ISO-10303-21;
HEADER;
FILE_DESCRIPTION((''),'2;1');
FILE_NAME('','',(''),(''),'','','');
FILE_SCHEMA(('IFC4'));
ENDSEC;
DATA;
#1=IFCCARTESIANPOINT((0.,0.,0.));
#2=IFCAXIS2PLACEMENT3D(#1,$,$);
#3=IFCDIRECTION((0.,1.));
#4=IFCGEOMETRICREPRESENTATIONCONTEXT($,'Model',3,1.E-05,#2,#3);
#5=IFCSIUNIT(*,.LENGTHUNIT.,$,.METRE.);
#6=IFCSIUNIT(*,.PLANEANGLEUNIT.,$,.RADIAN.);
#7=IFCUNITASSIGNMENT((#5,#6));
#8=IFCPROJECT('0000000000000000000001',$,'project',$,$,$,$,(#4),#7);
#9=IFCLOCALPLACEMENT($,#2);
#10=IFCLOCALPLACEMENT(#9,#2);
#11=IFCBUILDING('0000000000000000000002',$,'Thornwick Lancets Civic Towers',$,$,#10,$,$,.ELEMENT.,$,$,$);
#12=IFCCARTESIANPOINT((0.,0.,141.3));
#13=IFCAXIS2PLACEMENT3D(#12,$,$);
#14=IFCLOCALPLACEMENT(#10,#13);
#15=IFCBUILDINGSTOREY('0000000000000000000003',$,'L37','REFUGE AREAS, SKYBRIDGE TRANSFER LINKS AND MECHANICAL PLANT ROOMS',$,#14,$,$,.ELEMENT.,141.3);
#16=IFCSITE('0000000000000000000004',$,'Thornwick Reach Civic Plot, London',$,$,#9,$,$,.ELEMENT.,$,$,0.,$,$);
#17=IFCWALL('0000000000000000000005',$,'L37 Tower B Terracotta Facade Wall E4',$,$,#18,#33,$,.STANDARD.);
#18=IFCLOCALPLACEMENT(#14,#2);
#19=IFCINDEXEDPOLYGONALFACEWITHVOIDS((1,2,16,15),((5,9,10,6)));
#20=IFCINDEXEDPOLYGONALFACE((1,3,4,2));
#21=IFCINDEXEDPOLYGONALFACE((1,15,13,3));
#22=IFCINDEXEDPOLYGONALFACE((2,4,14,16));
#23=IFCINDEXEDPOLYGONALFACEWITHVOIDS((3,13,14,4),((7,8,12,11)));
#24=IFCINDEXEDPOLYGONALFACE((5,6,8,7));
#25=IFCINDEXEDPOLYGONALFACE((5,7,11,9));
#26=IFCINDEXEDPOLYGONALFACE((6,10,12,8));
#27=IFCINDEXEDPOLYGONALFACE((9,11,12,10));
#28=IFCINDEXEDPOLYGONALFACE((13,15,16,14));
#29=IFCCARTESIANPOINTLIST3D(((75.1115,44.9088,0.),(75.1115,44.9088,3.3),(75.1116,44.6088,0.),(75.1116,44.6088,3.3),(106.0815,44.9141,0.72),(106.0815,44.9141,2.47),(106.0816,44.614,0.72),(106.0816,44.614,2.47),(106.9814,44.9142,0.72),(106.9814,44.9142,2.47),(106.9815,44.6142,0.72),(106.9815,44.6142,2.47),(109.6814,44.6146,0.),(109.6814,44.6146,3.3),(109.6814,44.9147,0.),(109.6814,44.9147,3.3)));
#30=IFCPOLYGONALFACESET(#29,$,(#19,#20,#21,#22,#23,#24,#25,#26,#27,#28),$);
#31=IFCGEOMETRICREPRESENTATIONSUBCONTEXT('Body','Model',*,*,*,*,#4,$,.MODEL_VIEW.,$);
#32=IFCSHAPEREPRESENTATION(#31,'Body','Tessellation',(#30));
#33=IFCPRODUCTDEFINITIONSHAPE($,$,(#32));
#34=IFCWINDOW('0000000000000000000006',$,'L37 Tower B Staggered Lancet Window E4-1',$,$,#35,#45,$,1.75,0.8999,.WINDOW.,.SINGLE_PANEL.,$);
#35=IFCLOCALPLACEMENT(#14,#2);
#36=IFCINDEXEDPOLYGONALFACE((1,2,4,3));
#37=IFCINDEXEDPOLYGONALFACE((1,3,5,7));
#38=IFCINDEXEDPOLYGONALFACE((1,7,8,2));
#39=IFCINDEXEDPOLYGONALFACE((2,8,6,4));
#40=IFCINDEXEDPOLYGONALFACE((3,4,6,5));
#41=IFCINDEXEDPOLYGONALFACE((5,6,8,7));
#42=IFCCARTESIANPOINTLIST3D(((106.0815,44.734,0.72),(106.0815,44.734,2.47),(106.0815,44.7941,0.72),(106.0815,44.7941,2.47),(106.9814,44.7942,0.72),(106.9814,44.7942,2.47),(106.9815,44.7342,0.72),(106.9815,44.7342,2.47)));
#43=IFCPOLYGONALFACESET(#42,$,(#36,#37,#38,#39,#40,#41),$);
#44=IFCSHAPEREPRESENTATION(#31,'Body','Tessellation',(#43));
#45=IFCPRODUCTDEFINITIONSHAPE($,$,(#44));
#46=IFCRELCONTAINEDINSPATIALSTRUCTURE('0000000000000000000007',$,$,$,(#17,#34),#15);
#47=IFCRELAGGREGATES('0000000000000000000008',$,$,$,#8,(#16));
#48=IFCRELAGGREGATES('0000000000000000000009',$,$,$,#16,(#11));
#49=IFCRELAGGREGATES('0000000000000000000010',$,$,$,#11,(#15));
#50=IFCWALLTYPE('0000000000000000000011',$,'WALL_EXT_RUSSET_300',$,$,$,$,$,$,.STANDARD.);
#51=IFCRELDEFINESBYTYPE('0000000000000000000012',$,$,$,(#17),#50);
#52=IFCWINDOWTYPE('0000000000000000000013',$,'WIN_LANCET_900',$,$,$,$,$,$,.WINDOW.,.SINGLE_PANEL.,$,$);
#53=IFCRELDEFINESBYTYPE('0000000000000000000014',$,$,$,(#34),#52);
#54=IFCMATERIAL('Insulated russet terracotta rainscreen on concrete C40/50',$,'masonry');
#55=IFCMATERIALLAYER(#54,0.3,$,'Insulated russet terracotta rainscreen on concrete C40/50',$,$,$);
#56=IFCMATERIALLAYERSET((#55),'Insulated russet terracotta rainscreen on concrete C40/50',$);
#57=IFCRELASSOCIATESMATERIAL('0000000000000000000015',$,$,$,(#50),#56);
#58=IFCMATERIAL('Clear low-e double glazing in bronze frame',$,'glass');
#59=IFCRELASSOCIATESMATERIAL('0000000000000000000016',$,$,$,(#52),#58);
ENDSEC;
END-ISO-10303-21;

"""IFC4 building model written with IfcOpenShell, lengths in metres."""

from ifc_helpers import new_model, si_unit, direction, frame, frame_2d, origin, place, context, subcontext, project, spatial, rectangle, extrude, material, layer, layer_set, type_object, element, fill, save


model = new_model("IFC4")

# Units and contexts
model_context = context("Model", 3, precision=1e-05, world=origin(), true_north=direction((0.0, 1.0)))
body_context = subcontext(model_context, "Body", "Model", "MODEL_VIEW")
ifc_project = project(units=[si_unit("LENGTHUNIT", "METRE"), si_unit("PLANEANGLEUNIT", "RADIAN")], contexts=[model_context])

# Site, building, storey
site_placement = place(None, origin())
site = spatial("IfcSite", under=ifc_project, at=site_placement, Name="Thornwick Reach Civic Plot, London", CompositionType="ELEMENT", RefElevation=0.0)
building_placement = place(site_placement, origin())
building = spatial("IfcBuilding", under=site, at=building_placement, Name="Thornwick Lancets Civic Towers", CompositionType="ELEMENT")
storey_placement = place(building_placement, frame((0.0, 0.0, 141.3)))
storey = spatial("IfcBuildingStorey", under=building, at=storey_placement, Name="L37", Description="REFUGE AREAS, SKYBRIDGE TRANSFER LINKS AND MECHANICAL PLANT ROOMS", CompositionType="ELEMENT", Elevation=141.3)

# Wall, opening, window
ifc_material_1 = material(Name="Insulated russet terracotta rainscreen on concrete C40/50", Category="masonry")
ifc_layer_1 = layer(ifc_material_1, 0.3, Name="Insulated russet terracotta rainscreen on concrete C40/50")
ifc_layer_set_1 = layer_set([ifc_layer_1], Name="Insulated russet terracotta rainscreen on concrete C40/50")
wall_type_1 = type_object("IfcWallType", Name="WALL_EXT_RUSSET_300", PredefinedType="STANDARD", material=ifc_layer_set_1)
wall_1_placement = place(storey_placement, frame((109.6814, 44.7646, 0.0), z_axis=(0.0, 0.0, 1.0), x_axis=(-1.0, -0.000169, 0.0)))
wall_1 = element("IfcWall", 1, at=wall_1_placement, inside=storey, type_object=wall_type_1, Name="L37 Tower B Terracotta Facade Wall E4", PredefinedType="STANDARD", context=body_context, shape_type="SweptSolid", body=[
    extrude(rectangle(XDim=34.5698, YDim=0.3, at=frame_2d((17.2849, 0.0))), origin(), (0.0, 0.0, 1.0), 3.3),
])
opening_placement = place(wall_1_placement, frame((2.7, 0.0, 0.72)))
opening = element("IfcOpeningElement", 2, at=opening_placement, cuts=wall_1, PredefinedType="OPENING", context=body_context, shape_type="SweptSolid", body=[
    extrude(rectangle(XDim=0.8999, YDim=1.75, at=frame_2d((0.45, 0.875))), frame((0.0, 0.1602, 0.0), z_axis=(0.0, -1.0, 0.0), x_axis=(1.0, 0.0, 0.0)), (0.0, 0.0, 1.0), 0.3201),
])
ifc_material_2 = material(Name="Clear low-e double glazing in bronze frame", Category="glass")
window_type = type_object("IfcWindowType", Name="WIN_LANCET_900", PartitioningType="SINGLE_PANEL", PredefinedType="WINDOW", material=ifc_material_2)
window_placement = place(opening_placement, origin())
window = element("IfcWindow", 3, at=window_placement, inside=storey, type_object=window_type, Name="L37 Tower B Staggered Lancet Window E4-1", OverallHeight=1.75, OverallWidth=0.8999, PartitioningType="SINGLE_PANEL", PredefinedType="WINDOW", context=body_context, shape_type="SweptSolid", body=[
    extrude(rectangle(XDim=0.8999, YDim=1.75, at=frame_2d((0.45, 0.875))), frame((0.0, 0.03, 0.0), z_axis=(0.0, -1.0, 0.0), x_axis=(1.0, 0.0, 0.0)), (0.0, 0.0, 1.0), 0.0601),
])
fill(opening, window)

save(model, "model.ifc")
